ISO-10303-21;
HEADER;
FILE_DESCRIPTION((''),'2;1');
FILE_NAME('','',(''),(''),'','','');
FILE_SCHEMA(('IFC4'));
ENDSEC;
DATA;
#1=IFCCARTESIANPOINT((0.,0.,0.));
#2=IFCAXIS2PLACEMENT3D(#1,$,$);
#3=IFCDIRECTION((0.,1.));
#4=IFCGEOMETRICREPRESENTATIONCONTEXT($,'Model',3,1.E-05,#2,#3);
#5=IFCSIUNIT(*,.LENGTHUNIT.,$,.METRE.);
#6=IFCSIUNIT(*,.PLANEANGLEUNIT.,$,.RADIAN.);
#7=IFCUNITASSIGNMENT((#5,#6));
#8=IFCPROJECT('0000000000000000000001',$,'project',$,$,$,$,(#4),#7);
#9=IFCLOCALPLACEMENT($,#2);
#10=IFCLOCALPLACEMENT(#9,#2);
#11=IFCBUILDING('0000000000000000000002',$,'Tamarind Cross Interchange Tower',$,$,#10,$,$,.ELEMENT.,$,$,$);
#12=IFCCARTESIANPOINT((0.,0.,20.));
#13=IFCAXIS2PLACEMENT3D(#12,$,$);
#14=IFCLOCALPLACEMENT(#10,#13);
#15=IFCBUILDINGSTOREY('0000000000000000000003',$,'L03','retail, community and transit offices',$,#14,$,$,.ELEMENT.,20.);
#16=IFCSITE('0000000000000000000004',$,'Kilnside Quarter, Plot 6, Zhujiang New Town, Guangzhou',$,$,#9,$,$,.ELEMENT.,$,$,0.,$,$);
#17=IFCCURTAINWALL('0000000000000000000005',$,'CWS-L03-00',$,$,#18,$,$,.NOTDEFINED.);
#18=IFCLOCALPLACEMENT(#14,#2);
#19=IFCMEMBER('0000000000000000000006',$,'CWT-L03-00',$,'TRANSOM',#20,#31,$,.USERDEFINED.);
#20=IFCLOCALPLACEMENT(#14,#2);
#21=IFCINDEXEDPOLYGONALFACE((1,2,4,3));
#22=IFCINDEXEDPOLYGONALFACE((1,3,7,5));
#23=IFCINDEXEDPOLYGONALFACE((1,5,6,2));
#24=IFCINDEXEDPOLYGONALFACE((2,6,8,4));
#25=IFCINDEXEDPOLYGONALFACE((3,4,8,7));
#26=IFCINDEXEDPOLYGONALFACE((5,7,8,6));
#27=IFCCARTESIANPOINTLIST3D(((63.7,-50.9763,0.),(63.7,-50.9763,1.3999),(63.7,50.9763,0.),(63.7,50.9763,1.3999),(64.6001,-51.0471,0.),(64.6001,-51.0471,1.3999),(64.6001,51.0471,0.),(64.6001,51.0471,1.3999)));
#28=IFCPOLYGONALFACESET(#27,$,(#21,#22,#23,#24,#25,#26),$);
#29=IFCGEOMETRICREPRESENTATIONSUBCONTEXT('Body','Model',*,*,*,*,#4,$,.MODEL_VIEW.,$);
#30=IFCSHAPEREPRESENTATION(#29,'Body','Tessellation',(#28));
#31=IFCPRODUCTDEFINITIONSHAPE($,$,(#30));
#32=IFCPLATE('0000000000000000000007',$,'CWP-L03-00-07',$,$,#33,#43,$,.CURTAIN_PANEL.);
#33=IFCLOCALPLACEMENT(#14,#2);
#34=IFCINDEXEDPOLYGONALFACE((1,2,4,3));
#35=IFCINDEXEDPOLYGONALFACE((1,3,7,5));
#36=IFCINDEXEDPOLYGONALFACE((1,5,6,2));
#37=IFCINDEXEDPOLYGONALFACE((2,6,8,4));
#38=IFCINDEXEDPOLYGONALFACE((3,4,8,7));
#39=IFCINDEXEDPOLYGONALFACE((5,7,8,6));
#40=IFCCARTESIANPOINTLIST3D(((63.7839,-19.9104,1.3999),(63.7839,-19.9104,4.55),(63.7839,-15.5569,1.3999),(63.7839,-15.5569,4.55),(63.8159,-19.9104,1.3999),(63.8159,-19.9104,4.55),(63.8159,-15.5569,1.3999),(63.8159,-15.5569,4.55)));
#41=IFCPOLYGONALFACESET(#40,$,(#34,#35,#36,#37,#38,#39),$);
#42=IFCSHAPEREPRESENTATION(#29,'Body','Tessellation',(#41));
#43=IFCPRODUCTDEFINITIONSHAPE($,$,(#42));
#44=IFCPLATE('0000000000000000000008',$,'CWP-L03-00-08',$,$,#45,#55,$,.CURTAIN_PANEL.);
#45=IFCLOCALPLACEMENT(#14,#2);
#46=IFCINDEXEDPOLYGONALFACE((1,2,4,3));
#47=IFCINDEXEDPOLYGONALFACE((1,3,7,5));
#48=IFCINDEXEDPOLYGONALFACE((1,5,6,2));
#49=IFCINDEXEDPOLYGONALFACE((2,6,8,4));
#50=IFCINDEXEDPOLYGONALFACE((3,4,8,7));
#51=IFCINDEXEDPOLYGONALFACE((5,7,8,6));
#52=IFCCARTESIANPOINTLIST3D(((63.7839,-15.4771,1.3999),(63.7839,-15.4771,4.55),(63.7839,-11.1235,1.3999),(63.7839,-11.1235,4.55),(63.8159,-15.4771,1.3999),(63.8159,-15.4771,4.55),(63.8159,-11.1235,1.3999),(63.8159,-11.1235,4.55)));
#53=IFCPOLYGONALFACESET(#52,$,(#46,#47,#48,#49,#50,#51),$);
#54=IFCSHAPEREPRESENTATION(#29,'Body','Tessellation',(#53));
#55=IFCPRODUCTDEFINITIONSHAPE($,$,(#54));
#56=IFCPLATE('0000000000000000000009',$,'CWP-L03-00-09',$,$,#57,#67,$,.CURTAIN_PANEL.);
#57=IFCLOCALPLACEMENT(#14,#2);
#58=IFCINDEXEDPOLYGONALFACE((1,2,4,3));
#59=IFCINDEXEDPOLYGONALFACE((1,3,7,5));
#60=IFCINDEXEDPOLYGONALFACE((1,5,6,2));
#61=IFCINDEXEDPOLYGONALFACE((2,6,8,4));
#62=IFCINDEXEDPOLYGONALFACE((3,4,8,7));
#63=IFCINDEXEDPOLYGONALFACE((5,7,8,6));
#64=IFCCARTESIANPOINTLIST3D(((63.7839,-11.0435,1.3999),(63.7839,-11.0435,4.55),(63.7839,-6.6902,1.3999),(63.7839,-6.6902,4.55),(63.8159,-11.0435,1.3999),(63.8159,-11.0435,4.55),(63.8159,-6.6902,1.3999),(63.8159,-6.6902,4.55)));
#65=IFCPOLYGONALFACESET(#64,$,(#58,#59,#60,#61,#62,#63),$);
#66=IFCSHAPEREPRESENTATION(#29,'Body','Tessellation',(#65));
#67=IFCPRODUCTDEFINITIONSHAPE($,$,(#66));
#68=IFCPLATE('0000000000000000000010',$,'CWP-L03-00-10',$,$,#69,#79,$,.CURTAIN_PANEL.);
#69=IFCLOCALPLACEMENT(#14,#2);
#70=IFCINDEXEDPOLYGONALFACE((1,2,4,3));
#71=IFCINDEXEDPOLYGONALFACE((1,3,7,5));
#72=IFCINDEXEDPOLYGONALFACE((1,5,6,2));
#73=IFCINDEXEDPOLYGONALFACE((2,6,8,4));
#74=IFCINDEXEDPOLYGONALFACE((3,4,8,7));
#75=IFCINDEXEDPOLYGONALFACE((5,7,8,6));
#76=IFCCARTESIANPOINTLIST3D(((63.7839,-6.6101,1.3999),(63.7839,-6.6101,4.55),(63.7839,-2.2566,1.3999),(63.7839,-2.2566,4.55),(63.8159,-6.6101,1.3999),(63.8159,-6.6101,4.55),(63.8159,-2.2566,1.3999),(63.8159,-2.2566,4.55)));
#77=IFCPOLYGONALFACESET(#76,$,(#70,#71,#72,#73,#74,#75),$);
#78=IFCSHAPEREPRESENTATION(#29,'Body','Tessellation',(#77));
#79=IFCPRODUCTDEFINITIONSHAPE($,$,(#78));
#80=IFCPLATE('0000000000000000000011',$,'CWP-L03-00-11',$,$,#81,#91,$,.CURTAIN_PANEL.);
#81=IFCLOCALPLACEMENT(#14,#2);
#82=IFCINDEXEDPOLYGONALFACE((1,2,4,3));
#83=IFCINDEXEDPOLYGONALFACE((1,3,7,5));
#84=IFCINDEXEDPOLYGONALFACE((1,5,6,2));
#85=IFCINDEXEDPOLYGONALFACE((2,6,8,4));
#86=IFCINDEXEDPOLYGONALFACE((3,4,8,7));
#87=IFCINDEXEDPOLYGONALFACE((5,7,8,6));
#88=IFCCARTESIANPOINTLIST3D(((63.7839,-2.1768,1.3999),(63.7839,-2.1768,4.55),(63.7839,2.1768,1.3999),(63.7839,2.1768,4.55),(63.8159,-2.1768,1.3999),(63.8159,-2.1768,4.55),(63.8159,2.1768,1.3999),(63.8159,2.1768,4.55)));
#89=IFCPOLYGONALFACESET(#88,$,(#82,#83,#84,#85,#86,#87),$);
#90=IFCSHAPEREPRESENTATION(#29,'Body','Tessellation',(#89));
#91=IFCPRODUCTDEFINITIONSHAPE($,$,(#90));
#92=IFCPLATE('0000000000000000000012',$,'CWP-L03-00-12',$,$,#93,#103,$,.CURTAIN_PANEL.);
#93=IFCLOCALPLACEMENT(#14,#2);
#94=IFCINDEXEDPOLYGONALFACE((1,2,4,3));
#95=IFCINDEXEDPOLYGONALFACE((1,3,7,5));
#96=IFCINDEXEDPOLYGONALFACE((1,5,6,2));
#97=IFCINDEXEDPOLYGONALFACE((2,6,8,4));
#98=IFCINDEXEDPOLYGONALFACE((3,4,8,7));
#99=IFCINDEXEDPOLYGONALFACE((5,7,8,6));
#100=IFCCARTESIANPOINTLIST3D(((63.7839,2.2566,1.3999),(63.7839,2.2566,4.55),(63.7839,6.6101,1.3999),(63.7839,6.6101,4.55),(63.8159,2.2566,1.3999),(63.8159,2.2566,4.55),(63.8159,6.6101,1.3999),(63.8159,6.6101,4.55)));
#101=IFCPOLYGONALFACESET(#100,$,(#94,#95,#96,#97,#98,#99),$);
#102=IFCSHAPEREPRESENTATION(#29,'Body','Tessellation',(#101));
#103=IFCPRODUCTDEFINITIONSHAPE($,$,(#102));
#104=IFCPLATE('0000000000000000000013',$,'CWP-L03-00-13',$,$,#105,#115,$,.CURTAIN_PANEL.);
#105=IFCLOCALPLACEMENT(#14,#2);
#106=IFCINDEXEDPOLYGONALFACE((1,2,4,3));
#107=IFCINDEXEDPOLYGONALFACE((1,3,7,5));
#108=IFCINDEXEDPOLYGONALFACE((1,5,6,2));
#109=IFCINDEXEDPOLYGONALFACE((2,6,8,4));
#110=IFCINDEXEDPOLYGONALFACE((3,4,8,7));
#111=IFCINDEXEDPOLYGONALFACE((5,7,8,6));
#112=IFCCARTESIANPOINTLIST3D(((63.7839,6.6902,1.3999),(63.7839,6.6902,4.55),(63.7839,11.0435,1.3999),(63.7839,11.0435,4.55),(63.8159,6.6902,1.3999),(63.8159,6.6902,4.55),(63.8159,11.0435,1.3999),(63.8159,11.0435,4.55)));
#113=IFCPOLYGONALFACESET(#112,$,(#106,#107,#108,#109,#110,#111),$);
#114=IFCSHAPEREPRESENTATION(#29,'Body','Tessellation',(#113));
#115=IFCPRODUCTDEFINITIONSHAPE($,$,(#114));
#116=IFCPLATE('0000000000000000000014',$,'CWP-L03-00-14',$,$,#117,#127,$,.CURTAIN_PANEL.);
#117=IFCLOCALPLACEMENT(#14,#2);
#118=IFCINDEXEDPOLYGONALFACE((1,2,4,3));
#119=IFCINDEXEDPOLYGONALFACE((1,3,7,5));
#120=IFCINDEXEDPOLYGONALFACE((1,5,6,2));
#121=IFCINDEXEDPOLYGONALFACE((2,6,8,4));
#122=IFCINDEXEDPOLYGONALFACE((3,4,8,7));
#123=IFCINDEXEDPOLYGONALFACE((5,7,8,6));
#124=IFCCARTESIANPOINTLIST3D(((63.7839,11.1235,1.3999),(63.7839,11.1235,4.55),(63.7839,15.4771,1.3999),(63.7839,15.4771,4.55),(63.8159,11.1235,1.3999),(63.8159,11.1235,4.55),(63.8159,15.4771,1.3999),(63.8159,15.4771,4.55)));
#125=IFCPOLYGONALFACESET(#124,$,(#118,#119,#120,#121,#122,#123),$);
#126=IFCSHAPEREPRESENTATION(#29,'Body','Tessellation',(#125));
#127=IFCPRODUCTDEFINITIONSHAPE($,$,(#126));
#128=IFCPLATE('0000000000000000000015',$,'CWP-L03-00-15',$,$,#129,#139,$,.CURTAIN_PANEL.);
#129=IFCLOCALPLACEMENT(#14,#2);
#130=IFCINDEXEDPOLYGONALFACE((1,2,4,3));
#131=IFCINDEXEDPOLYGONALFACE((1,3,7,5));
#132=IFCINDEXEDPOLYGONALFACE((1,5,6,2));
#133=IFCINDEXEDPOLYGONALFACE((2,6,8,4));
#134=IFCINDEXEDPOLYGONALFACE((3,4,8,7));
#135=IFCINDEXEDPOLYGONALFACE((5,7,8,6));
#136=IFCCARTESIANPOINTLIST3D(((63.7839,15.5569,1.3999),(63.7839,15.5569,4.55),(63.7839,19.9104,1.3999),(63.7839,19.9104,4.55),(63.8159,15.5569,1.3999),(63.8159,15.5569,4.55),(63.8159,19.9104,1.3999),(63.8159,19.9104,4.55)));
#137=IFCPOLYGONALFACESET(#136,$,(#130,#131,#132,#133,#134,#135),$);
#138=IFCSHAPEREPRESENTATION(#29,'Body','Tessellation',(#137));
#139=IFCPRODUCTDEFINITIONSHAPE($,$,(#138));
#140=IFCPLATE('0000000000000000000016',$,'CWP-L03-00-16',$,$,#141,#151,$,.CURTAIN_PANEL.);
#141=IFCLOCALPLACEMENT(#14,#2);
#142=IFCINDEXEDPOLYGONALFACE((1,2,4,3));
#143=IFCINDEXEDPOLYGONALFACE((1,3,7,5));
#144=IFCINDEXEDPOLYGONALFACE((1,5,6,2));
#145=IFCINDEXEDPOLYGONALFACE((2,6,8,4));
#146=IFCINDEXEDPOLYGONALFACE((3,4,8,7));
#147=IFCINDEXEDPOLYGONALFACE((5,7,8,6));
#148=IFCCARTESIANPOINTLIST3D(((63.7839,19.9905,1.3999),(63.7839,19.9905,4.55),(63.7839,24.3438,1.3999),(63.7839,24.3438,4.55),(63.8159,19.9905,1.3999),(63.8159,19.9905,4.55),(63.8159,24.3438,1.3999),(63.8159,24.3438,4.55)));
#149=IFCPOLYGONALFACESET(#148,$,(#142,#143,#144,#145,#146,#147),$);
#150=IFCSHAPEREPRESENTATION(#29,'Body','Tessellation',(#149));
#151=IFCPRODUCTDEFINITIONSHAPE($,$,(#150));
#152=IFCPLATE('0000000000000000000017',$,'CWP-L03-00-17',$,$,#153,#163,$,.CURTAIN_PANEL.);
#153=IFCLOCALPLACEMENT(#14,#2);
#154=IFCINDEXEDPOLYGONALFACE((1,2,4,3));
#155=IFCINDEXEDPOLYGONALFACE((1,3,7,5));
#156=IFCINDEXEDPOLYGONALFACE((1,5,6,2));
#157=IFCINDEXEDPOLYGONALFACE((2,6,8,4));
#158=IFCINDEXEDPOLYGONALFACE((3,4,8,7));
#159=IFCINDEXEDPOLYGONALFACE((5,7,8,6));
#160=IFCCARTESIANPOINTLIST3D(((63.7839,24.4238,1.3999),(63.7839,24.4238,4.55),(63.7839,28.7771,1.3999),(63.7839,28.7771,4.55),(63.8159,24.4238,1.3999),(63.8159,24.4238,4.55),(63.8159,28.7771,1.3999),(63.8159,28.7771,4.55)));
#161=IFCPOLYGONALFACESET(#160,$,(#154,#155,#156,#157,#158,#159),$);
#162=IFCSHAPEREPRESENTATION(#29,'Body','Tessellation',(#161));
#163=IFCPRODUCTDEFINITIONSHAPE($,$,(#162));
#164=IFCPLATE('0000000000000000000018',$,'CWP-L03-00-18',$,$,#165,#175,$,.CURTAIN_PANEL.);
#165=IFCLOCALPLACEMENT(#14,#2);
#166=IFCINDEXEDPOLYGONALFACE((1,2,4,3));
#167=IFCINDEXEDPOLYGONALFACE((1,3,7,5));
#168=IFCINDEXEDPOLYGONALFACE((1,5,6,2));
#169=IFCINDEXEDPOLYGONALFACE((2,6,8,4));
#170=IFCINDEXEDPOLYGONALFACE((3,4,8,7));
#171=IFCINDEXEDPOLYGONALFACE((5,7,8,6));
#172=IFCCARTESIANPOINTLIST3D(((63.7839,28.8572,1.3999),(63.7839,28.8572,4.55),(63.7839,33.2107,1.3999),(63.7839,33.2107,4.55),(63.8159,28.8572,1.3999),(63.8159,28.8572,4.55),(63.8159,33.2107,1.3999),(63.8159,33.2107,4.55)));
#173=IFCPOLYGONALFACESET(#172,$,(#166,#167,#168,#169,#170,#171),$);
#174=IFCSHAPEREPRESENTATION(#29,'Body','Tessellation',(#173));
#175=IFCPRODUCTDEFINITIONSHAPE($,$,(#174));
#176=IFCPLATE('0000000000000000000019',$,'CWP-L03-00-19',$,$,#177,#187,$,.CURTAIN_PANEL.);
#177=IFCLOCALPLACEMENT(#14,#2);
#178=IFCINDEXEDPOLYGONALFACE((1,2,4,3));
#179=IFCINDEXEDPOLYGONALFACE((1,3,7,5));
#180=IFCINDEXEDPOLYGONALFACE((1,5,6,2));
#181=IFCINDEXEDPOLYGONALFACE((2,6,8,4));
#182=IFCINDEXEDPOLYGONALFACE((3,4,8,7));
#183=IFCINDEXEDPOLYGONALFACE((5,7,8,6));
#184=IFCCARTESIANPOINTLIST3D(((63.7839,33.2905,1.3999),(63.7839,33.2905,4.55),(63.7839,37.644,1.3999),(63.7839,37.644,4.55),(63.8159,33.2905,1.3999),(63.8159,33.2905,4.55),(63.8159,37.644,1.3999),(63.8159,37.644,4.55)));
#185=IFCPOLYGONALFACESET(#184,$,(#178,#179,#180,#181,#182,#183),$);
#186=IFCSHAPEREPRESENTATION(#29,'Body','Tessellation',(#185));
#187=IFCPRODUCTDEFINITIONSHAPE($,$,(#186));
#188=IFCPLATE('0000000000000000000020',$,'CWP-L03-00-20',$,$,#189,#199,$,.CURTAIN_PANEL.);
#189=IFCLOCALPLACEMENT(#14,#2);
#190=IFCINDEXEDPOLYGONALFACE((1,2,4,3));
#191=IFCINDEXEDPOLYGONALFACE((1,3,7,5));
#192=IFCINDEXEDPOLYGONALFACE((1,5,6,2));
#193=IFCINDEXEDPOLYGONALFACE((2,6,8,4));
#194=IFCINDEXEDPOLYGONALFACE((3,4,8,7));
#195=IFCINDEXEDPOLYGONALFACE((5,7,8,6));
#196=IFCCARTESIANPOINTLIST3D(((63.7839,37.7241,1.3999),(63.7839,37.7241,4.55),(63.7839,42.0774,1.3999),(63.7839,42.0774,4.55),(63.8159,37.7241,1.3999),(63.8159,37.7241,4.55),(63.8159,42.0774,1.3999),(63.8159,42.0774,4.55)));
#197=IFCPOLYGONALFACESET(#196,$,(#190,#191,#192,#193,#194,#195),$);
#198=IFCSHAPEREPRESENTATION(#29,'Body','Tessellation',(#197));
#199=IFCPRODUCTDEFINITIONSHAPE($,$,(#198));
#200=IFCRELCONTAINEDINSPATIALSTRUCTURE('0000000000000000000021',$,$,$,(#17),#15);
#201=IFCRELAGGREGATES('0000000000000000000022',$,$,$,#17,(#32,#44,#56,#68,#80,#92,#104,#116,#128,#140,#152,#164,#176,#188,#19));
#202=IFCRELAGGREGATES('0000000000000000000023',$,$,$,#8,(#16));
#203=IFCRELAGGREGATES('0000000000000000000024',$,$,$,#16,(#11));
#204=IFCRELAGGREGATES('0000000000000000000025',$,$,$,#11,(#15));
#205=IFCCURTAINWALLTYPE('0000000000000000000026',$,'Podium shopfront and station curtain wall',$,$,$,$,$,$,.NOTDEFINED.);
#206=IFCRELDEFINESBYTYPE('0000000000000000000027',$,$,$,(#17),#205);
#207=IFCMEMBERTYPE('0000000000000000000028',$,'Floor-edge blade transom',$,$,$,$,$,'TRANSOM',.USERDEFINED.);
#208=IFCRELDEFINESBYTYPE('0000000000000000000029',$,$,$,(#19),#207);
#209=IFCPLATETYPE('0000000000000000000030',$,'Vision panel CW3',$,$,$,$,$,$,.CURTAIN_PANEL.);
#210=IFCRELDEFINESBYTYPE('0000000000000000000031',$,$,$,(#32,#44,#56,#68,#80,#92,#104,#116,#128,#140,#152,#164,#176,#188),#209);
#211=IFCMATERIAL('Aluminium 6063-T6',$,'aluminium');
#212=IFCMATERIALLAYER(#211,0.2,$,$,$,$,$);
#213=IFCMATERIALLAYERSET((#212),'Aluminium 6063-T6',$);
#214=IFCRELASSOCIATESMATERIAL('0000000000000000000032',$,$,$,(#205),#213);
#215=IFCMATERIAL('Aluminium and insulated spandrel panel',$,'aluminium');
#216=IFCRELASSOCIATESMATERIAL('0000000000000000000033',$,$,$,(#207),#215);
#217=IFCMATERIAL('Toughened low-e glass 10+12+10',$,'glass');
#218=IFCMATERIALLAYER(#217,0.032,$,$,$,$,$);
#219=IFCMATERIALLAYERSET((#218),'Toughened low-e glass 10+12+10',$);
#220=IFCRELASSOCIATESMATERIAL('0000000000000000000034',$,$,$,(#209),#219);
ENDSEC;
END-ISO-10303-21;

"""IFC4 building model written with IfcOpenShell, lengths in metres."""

from ifc_helpers import new_model, si_unit, direction, frame, origin, place, context, subcontext, project, spatial, polyline, outline, extrude, material, layer, layer_set, type_object, element, aggregate, save


model = new_model("IFC4")

# Units and contexts
model_context = context("Model", 3, precision=1e-05, world=origin(), true_north=direction((0.0, 1.0)))
body_context = subcontext(model_context, "Body", "Model", "MODEL_VIEW")
ifc_project = project(units=[si_unit("LENGTHUNIT", "METRE"), si_unit("PLANEANGLEUNIT", "RADIAN")], contexts=[model_context])

# Site, building, storey
site_placement = place(None, origin())
site = spatial("IfcSite", under=ifc_project, at=site_placement, Name="Kilnside Quarter, Plot 6, Zhujiang New Town, Guangzhou", CompositionType="ELEMENT", RefElevation=0.0)
building_placement = place(site_placement, origin())
building = spatial("IfcBuilding", under=site, at=building_placement, Name="Tamarind Cross Interchange Tower", CompositionType="ELEMENT")
storey_placement = place(building_placement, frame((0.0, 0.0, 20.0)))
storey = spatial("IfcBuildingStorey", under=building, at=storey_placement, Name="L03", Description="retail, community and transit offices", CompositionType="ELEMENT", Elevation=20.0)

# Curtain wall, member, plates
ifc_material_1 = material(Name="Aluminium 6063-T6", Category="aluminium")
ifc_layer_1 = layer(ifc_material_1, 0.2)
ifc_layer_set_1 = layer_set([ifc_layer_1], Name="Aluminium 6063-T6")
curtain_wall_type = type_object("IfcCurtainWallType", Name="Podium shopfront and station curtain wall", PredefinedType="NOTDEFINED", material=ifc_layer_set_1)
curtain_wall_1_placement = place(storey_placement, origin())
curtain_wall_1 = element("IfcCurtainWall", 1, at=curtain_wall_1_placement, inside=storey, type_object=curtain_wall_type, Name="CWS-L03-00", PredefinedType="NOTDEFINED")
ifc_material_2 = material(Name="Aluminium and insulated spandrel panel", Category="aluminium")
member_type = type_object("IfcMemberType", Name="Floor-edge blade transom", ElementType="TRANSOM", PredefinedType="USERDEFINED", material=ifc_material_2)
member_placement = place(storey_placement, origin())
member = element("IfcMember", 2, at=member_placement, type_object=member_type, Name="CWT-L03-00", ObjectType="TRANSOM", PredefinedType="USERDEFINED", context=body_context, shape_type="SweptSolid", body=[
    extrude(outline(polyline([(63.7, -50.9763), (63.7, 50.9763), (64.6001, 51.0471), (64.6001, -51.0471), (63.7, -50.9763)])), origin(), (0.0, 0.0, 1.0), 1.3999),
])
ifc_material_3 = material(Name="Toughened low-e glass 10+12+10", Category="glass")
ifc_layer_2 = layer(ifc_material_3, 0.032)
ifc_layer_set_2 = layer_set([ifc_layer_2], Name="Toughened low-e glass 10+12+10")
plate_type = type_object("IfcPlateType", Name="Vision panel CW3", PredefinedType="CURTAIN_PANEL", material=ifc_layer_set_2)
plate_1_placement = place(storey_placement, frame((0.0, 0.0, 1.3999)))
plate_1 = element("IfcPlate", 3, at=plate_1_placement, type_object=plate_type, Name="CWP-L03-00-07", PredefinedType="CURTAIN_PANEL", context=body_context, shape_type="SweptSolid", body=[
    extrude(outline(polyline([(63.7839, -19.9104), (63.7839, -15.5569), (63.8159, -15.5569), (63.8159, -19.9104), (63.7839, -19.9104)])), origin(), (0.0, 0.0, 1.0), 3.1501),
])
plate_2_placement = place(storey_placement, frame((0.0, 0.0, 1.3999)))
plate_2 = element("IfcPlate", 4, at=plate_2_placement, type_object=plate_type, Name="CWP-L03-00-08", PredefinedType="CURTAIN_PANEL", context=body_context, shape_type="SweptSolid", body=[
    extrude(outline(polyline([(63.7839, -15.4771), (63.7839, -11.1235), (63.8159, -11.1235), (63.8159, -15.4771), (63.7839, -15.4771)])), origin(), (0.0, 0.0, 1.0), 3.1501),
])
plate_3_placement = place(storey_placement, frame((0.0, 0.0, 1.3999)))
plate_3 = element("IfcPlate", 5, at=plate_3_placement, type_object=plate_type, Name="CWP-L03-00-09", PredefinedType="CURTAIN_PANEL", context=body_context, shape_type="SweptSolid", body=[
    extrude(outline(polyline([(63.7839, -11.0435), (63.7839, -6.6902), (63.8159, -6.6902), (63.8159, -11.0435), (63.7839, -11.0435)])), origin(), (0.0, 0.0, 1.0), 3.1501),
])
plate_4_placement = place(storey_placement, frame((0.0, 0.0, 1.3999)))
plate_4 = element("IfcPlate", 6, at=plate_4_placement, type_object=plate_type, Name="CWP-L03-00-10", PredefinedType="CURTAIN_PANEL", context=body_context, shape_type="SweptSolid", body=[
    extrude(outline(polyline([(63.7839, -6.6101), (63.7839, -2.2566), (63.8159, -2.2566), (63.8159, -6.6101), (63.7839, -6.6101)])), origin(), (0.0, 0.0, 1.0), 3.1501),
])
plate_5_placement = place(storey_placement, frame((0.0, 0.0, 1.3999)))
plate_5 = element("IfcPlate", 7, at=plate_5_placement, type_object=plate_type, Name="CWP-L03-00-11", PredefinedType="CURTAIN_PANEL", context=body_context, shape_type="SweptSolid", body=[
    extrude(outline(polyline([(63.7839, -2.1768), (63.7839, 2.1768), (63.8159, 2.1768), (63.8159, -2.1768), (63.7839, -2.1768)])), origin(), (0.0, 0.0, 1.0), 3.1501),
])
plate_6_placement = place(storey_placement, frame((0.0, 0.0, 1.3999)))
plate_6 = element("IfcPlate", 8, at=plate_6_placement, type_object=plate_type, Name="CWP-L03-00-12", PredefinedType="CURTAIN_PANEL", context=body_context, shape_type="SweptSolid", body=[
    extrude(outline(polyline([(63.7839, 2.2566), (63.7839, 6.6101), (63.8159, 6.6101), (63.8159, 2.2566), (63.7839, 2.2566)])), origin(), (0.0, 0.0, 1.0), 3.1501),
])
plate_7_placement = place(storey_placement, frame((0.0, 0.0, 1.3999)))
plate_7 = element("IfcPlate", 9, at=plate_7_placement, type_object=plate_type, Name="CWP-L03-00-13", PredefinedType="CURTAIN_PANEL", context=body_context, shape_type="SweptSolid", body=[
    extrude(outline(polyline([(63.7839, 6.6902), (63.7839, 11.0435), (63.8159, 11.0435), (63.8159, 6.6902), (63.7839, 6.6902)])), origin(), (0.0, 0.0, 1.0), 3.1501),
])
plate_8_placement = place(storey_placement, frame((0.0, 0.0, 1.3999)))
plate_8 = element("IfcPlate", 10, at=plate_8_placement, type_object=plate_type, Name="CWP-L03-00-14", PredefinedType="CURTAIN_PANEL", context=body_context, shape_type="SweptSolid", body=[
    extrude(outline(polyline([(63.7839, 11.1235), (63.7839, 15.4771), (63.8159, 15.4771), (63.8159, 11.1235), (63.7839, 11.1235)])), origin(), (0.0, 0.0, 1.0), 3.1501),
])
plate_9_placement = place(storey_placement, frame((0.0, 0.0, 1.3999)))
plate_9 = element("IfcPlate", 11, at=plate_9_placement, type_object=plate_type, Name="CWP-L03-00-15", PredefinedType="CURTAIN_PANEL", context=body_context, shape_type="SweptSolid", body=[
    extrude(outline(polyline([(63.7839, 15.5569), (63.7839, 19.9104), (63.8159, 19.9104), (63.8159, 15.5569), (63.7839, 15.5569)])), origin(), (0.0, 0.0, 1.0), 3.1501),
])
plate_10_placement = place(storey_placement, frame((0.0, 0.0, 1.3999)))
plate_10 = element("IfcPlate", 12, at=plate_10_placement, type_object=plate_type, Name="CWP-L03-00-16", PredefinedType="CURTAIN_PANEL", context=body_context, shape_type="SweptSolid", body=[
    extrude(outline(polyline([(63.7839, 19.9905), (63.7839, 24.3438), (63.8159, 24.3438), (63.8159, 19.9905), (63.7839, 19.9905)])), origin(), (0.0, 0.0, 1.0), 3.1501),
])
plate_11_placement = place(storey_placement, frame((0.0, 0.0, 1.3999)))
plate_11 = element("IfcPlate", 13, at=plate_11_placement, type_object=plate_type, Name="CWP-L03-00-17", PredefinedType="CURTAIN_PANEL", context=body_context, shape_type="SweptSolid", body=[
    extrude(outline(polyline([(63.7839, 24.4238), (63.7839, 28.7771), (63.8159, 28.7771), (63.8159, 24.4238), (63.7839, 24.4238)])), origin(), (0.0, 0.0, 1.0), 3.1501),
])
plate_12_placement = place(storey_placement, frame((0.0, 0.0, 1.3999)))
plate_12 = element("IfcPlate", 14, at=plate_12_placement, type_object=plate_type, Name="CWP-L03-00-18", PredefinedType="CURTAIN_PANEL", context=body_context, shape_type="SweptSolid", body=[
    extrude(outline(polyline([(63.7839, 28.8572), (63.7839, 33.2107), (63.8159, 33.2107), (63.8159, 28.8572), (63.7839, 28.8572)])), origin(), (0.0, 0.0, 1.0), 3.1501),
])
plate_13_placement = place(storey_placement, frame((0.0, 0.0, 1.3999)))
plate_13 = element("IfcPlate", 15, at=plate_13_placement, type_object=plate_type, Name="CWP-L03-00-19", PredefinedType="CURTAIN_PANEL", context=body_context, shape_type="SweptSolid", body=[
    extrude(outline(polyline([(63.7839, 33.2905), (63.7839, 37.644), (63.8159, 37.644), (63.8159, 33.2905), (63.7839, 33.2905)])), origin(), (0.0, 0.0, 1.0), 3.1501),
])
plate_14_placement = place(storey_placement, frame((0.0, 0.0, 1.3999)))
plate_14 = element("IfcPlate", 16, at=plate_14_placement, type_object=plate_type, Name="CWP-L03-00-20", PredefinedType="CURTAIN_PANEL", context=body_context, shape_type="SweptSolid", body=[
    extrude(outline(polyline([(63.7839, 37.7241), (63.7839, 42.0774), (63.8159, 42.0774), (63.8159, 37.7241), (63.7839, 37.7241)])), origin(), (0.0, 0.0, 1.0), 3.1501),
])
aggregate(curtain_wall_1, [plate_1, plate_2, plate_3, plate_4, plate_5, plate_6, plate_7, plate_8, plate_9, plate_10, plate_11, plate_12, plate_13, plate_14, member])

save(model, "model.ifc")
